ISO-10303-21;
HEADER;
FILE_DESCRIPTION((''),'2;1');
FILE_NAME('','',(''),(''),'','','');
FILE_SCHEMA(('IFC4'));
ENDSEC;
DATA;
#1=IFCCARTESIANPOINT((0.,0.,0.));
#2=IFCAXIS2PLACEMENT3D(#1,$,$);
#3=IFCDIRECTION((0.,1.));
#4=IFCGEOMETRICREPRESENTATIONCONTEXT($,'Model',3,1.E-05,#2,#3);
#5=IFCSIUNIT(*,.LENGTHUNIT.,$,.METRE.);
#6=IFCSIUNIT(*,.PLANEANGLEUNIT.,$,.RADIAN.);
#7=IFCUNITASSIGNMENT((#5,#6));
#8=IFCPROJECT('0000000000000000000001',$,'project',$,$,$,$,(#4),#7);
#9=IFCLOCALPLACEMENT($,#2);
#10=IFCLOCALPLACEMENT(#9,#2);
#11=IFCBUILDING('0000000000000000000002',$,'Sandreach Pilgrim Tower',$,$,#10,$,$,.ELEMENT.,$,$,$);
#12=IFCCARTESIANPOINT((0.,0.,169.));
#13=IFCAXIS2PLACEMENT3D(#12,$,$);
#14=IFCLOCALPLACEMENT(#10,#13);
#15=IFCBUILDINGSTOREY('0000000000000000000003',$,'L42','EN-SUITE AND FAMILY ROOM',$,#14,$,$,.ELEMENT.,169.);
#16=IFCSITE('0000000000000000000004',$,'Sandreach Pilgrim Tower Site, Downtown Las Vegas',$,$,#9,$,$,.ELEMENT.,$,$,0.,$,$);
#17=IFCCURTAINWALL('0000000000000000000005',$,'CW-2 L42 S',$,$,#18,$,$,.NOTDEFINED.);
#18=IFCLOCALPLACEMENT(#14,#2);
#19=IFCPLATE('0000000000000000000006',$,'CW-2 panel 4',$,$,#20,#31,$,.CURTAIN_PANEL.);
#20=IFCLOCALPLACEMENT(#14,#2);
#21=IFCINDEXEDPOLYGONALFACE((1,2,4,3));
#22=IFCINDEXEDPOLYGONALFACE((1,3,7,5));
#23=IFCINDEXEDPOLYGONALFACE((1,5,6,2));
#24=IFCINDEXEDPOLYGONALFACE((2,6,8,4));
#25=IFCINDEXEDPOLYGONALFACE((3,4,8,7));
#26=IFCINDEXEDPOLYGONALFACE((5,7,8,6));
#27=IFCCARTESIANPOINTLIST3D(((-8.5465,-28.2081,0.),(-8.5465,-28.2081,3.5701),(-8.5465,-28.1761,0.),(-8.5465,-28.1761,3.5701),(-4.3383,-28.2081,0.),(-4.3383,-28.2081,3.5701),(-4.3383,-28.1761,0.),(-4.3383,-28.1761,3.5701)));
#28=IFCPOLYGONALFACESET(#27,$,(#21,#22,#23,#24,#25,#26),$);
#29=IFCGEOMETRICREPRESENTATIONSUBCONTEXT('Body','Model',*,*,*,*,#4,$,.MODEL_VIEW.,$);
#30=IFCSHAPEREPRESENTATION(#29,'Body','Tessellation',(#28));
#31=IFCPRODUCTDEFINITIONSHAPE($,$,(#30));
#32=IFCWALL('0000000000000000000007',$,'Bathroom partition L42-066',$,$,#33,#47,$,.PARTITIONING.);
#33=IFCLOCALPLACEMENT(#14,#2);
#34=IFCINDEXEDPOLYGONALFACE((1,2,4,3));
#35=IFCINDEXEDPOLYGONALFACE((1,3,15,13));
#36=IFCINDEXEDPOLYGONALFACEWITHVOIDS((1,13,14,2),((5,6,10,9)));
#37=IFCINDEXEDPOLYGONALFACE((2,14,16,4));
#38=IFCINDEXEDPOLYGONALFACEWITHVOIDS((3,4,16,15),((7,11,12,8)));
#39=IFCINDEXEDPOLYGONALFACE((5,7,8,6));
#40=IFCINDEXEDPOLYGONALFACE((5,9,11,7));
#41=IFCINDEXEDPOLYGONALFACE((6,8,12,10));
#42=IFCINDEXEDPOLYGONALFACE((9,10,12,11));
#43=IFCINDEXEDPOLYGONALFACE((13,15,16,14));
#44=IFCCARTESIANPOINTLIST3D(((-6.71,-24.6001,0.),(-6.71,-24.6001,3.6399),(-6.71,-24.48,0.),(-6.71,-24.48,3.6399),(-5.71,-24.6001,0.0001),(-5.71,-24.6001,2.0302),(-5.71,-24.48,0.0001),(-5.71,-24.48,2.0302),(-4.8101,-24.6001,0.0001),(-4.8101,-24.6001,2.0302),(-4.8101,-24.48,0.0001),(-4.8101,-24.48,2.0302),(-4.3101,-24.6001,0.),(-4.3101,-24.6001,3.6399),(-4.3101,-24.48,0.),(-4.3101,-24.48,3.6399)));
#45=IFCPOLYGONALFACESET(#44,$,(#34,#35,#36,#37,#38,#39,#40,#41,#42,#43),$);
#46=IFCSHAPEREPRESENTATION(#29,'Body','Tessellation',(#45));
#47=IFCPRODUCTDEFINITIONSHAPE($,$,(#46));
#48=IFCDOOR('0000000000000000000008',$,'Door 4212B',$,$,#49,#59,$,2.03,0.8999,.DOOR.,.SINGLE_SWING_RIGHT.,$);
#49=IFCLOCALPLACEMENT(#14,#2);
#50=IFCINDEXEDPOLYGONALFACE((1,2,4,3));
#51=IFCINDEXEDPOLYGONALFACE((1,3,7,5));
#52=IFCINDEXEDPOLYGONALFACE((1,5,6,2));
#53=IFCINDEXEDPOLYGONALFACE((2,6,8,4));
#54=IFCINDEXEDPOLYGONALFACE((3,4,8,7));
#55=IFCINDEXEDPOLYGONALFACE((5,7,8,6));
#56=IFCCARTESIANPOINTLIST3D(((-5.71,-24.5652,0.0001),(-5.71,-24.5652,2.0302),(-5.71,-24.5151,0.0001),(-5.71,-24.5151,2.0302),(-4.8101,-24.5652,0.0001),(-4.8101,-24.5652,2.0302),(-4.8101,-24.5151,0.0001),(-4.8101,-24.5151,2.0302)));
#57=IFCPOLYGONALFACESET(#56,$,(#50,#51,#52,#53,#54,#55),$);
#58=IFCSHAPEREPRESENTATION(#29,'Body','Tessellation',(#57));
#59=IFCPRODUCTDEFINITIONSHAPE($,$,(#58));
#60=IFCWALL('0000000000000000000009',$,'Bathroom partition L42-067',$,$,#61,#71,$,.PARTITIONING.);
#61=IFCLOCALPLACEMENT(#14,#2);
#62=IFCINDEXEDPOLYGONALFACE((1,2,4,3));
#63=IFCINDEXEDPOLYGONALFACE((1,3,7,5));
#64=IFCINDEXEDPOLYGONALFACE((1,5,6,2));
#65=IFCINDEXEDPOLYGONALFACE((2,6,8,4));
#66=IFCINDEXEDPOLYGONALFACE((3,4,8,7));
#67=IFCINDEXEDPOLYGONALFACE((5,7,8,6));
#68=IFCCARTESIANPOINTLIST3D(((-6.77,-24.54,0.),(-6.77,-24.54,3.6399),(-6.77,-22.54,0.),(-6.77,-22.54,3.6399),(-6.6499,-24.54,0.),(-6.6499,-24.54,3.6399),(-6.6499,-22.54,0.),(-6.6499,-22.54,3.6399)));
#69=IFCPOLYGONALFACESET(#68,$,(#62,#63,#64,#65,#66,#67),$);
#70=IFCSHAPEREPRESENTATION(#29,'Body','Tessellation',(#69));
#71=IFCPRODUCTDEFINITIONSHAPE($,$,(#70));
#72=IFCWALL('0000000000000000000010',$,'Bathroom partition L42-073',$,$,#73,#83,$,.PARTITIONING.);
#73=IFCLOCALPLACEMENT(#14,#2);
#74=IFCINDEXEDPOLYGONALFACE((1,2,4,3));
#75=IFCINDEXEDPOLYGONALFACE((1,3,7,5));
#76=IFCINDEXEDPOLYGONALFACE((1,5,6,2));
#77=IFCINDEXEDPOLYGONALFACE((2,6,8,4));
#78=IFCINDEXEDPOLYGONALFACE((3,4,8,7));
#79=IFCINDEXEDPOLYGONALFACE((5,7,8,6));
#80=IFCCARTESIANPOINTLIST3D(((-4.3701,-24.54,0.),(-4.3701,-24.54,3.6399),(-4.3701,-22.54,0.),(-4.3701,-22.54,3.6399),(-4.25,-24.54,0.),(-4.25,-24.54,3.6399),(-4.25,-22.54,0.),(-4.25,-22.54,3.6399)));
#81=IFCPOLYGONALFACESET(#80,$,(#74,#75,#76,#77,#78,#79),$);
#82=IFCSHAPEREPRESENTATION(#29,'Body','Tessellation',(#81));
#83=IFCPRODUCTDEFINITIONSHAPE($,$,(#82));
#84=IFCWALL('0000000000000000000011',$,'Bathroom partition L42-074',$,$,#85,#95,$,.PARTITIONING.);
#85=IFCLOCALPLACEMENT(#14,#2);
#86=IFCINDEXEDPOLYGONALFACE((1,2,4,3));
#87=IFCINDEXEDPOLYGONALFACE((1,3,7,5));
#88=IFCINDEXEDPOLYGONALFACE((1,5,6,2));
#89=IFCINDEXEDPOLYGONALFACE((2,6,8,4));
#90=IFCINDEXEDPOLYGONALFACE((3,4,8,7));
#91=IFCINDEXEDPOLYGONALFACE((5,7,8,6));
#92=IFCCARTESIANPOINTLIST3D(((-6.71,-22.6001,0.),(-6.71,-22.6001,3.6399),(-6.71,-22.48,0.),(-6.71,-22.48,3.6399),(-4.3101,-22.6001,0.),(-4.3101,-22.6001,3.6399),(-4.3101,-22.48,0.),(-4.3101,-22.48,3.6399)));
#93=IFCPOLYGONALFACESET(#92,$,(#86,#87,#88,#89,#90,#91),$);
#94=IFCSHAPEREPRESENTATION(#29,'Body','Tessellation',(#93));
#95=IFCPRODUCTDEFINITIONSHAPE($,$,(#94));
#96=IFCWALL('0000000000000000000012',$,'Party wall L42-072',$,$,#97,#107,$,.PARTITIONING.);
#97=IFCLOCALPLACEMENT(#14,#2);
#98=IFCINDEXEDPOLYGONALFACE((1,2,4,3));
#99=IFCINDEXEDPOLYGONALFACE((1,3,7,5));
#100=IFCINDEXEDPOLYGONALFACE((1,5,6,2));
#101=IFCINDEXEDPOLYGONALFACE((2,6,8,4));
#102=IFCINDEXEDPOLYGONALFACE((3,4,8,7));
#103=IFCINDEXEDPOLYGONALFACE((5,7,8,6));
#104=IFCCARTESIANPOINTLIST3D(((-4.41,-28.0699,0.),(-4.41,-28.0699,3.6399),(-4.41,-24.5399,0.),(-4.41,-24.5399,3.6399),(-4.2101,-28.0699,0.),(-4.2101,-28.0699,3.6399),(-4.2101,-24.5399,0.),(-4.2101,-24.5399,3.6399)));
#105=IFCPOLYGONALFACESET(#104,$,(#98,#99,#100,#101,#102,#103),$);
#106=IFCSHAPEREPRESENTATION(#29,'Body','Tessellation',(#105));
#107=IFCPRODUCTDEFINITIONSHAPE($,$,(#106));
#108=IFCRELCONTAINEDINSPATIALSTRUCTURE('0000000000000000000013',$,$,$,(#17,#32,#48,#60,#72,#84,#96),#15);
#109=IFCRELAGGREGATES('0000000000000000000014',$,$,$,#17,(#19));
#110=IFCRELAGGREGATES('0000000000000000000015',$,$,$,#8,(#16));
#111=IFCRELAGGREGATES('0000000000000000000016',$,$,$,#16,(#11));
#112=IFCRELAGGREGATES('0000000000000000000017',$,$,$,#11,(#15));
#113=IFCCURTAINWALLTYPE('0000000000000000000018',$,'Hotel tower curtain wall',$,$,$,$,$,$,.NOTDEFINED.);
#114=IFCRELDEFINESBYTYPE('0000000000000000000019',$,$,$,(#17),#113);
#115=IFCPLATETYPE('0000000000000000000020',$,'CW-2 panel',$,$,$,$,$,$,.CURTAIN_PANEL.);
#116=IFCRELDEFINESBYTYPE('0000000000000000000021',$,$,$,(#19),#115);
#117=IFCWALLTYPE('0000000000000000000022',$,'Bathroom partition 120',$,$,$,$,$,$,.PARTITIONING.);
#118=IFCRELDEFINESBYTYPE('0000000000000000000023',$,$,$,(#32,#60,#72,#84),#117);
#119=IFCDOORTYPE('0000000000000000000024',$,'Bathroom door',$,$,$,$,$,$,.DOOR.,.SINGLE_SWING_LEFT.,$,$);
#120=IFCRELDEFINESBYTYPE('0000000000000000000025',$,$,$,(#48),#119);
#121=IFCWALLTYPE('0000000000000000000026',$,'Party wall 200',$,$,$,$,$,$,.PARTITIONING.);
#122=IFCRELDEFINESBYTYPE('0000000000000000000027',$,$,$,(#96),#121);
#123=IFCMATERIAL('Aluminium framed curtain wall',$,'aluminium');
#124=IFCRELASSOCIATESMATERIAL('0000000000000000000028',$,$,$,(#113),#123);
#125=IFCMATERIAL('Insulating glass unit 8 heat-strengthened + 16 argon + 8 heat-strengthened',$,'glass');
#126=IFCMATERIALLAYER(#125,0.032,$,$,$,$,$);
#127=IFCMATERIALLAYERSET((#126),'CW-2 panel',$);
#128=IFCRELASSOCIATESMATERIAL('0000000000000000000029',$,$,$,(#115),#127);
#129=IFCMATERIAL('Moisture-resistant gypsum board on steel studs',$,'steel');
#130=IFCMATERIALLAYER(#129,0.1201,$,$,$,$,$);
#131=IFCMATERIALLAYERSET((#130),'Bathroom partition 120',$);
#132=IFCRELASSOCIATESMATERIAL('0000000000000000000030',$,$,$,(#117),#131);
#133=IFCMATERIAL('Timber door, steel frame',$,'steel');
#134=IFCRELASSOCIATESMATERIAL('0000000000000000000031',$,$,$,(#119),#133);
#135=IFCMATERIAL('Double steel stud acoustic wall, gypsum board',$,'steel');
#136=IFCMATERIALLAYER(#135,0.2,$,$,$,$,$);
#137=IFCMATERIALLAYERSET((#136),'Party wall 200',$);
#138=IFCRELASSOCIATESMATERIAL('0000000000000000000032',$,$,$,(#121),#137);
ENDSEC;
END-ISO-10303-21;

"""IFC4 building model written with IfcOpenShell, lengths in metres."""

from ifc_helpers import new_model, si_unit, direction, frame, frame_2d, origin, origin_2d, place, context, subcontext, project, spatial, rectangle, extrude, material, layer, layer_set, type_object, element, fill, aggregate, save


model = new_model("IFC4")

# Units and contexts
model_context = context("Model", 3, precision=1e-05, world=origin(), true_north=direction((0.0, 1.0)))
body_context = subcontext(model_context, "Body", "Model", "MODEL_VIEW")
ifc_project = project(units=[si_unit("LENGTHUNIT", "METRE"), si_unit("PLANEANGLEUNIT", "RADIAN")], contexts=[model_context])

# Site, building, storey
site_placement = place(None, origin())
site = spatial("IfcSite", under=ifc_project, at=site_placement, Name="Sandreach Pilgrim Tower Site, Downtown Las Vegas", CompositionType="ELEMENT", RefElevation=0.0)
building_placement = place(site_placement, origin())
building = spatial("IfcBuilding", under=site, at=building_placement, Name="Sandreach Pilgrim Tower", CompositionType="ELEMENT")
storey_placement = place(building_placement, frame((0.0, 0.0, 169.0)))
storey = spatial("IfcBuildingStorey", under=building, at=storey_placement, Name="L42", Description="EN-SUITE AND FAMILY ROOM", CompositionType="ELEMENT", Elevation=169.0)

# Curtain wall
ifc_material_1 = material(Name="Aluminium framed curtain wall", Category="aluminium")
curtain_wall_type = type_object("IfcCurtainWallType", Name="Hotel tower curtain wall", PredefinedType="NOTDEFINED", material=ifc_material_1)
curtain_wall_placement = place(storey_placement, origin())
curtain_wall = element("IfcCurtainWall", 1, at=curtain_wall_placement, inside=storey, type_object=curtain_wall_type, Name="CW-2 L42 S", PredefinedType="NOTDEFINED")

# Plate
ifc_material_2 = material(Name="Insulating glass unit 8 heat-strengthened + 16 argon + 8 heat-strengthened", Category="glass")
ifc_layer_1 = layer(ifc_material_2, 0.032)
ifc_layer_set_1 = layer_set([ifc_layer_1], Name="CW-2 panel")
plate_type = type_object("IfcPlateType", Name="CW-2 panel", PredefinedType="CURTAIN_PANEL", material=ifc_layer_set_1)
plate_1_placement = place(storey_placement, frame((-6.4424, -28.1921, 0.0), z_axis=(0.0, 0.0, 1.0), x_axis=(-1.0, 0.0, 0.0)))
plate_1 = element("IfcPlate", 2, at=plate_1_placement, type_object=plate_type, Name="CW-2 panel 4", PredefinedType="CURTAIN_PANEL", context=body_context, shape_type="SweptSolid", body=[
    extrude(rectangle(XDim=4.2083, YDim=0.032, at=origin_2d()), origin(), (0.0, 0.0, 1.0), 3.5701),
])
aggregate(curtain_wall, [plate_1])

# Wall, opening, door
ifc_material_3 = material(Name="Moisture-resistant gypsum board on steel studs", Category="steel")
ifc_layer_2 = layer(ifc_material_3, 0.1201)
ifc_layer_set_2 = layer_set([ifc_layer_2], Name="Bathroom partition 120")
wall_type_1 = type_object("IfcWallType", Name="Bathroom partition 120", PredefinedType="PARTITIONING", material=ifc_layer_set_2)
wall_1_placement = place(storey_placement, frame((-6.71, -24.54, 0.0), z_axis=(0.0, 0.0, 1.0), x_axis=(1.0, 0.0, 0.0)))
wall_1 = element("IfcWall", 3, at=wall_1_placement, inside=storey, type_object=wall_type_1, Name="Bathroom partition L42-066", PredefinedType="PARTITIONING", context=body_context, shape_type="SweptSolid", body=[
    extrude(rectangle(XDim=2.3999, YDim=0.1201, at=frame_2d((1.2, 0.0))), origin(), (0.0, 0.0, 1.0), 3.6399),
])
opening_placement = place(wall_1_placement, frame((1.0, 0.0, 0.0)))
opening = element("IfcOpeningElement", 4, at=opening_placement, cuts=wall_1, PredefinedType="OPENING", context=body_context, shape_type="SweptSolid", body=[
    extrude(rectangle(XDim=0.8999, YDim=2.03, at=frame_2d((0.45, 1.0151))), frame((0.0, 0.0601, 0.0), z_axis=(0.0, -1.0, 0.0), x_axis=(1.0, 0.0, 0.0)), (0.0, 0.0, 1.0), 0.1201),
])
ifc_material_4 = material(Name="Timber door, steel frame", Category="steel")
door_type = type_object("IfcDoorType", Name="Bathroom door", OperationType="SINGLE_SWING_LEFT", PredefinedType="DOOR", material=ifc_material_4)
door_placement = place(opening_placement, origin())
door = element("IfcDoor", 5, at=door_placement, inside=storey, type_object=door_type, Name="Door 4212B", OperationType="SINGLE_SWING_RIGHT", OverallHeight=2.03, OverallWidth=0.8999, PredefinedType="DOOR", context=body_context, shape_type="SweptSolid", body=[
    extrude(rectangle(XDim=0.8999, YDim=2.03, at=frame_2d((0.45, 1.0151))), frame((0.0, 0.0249, 0.0), z_axis=(0.0, -1.0, 0.0), x_axis=(1.0, 0.0, 0.0)), (0.0, 0.0, 1.0), 0.05),
])
fill(opening, door)

# Walls
for number, where, z_axis, x_axis, name in (
    (6, (-6.71, -22.54, 0.0), (0.0, 0.0, 1.0), (0.0, -1.0, 0.0), "Bathroom partition L42-067"),
    (7, (-4.3101, -24.54, 0.0), (0.0, 0.0, 1.0), (0.0, 1.0, 0.0), "Bathroom partition L42-073"),
):
    element("IfcWall", number, at=place(storey_placement, frame(where, z_axis=z_axis, x_axis=x_axis)), inside=storey, type_object=wall_type_1, Name=name, PredefinedType="PARTITIONING", context=body_context, shape_type="SweptSolid", body=[
        extrude(rectangle(XDim=2.0, YDim=0.1201, at=frame_2d((1.0, 0.0))), origin(), (0.0, 0.0, 1.0), 3.6399),
    ])
wall_2_placement = place(storey_placement, frame((-4.3101, -22.54, 0.0), z_axis=(0.0, 0.0, 1.0), x_axis=(-1.0, 0.0, 0.0)))
element("IfcWall", 8, at=wall_2_placement, inside=storey, type_object=wall_type_1, Name="Bathroom partition L42-074", PredefinedType="PARTITIONING", context=body_context, shape_type="SweptSolid", body=[
    extrude(rectangle(XDim=2.3999, YDim=0.1201, at=frame_2d((1.2, 0.0))), origin(), (0.0, 0.0, 1.0), 3.6399),
])
ifc_material_5 = material(Name="Double steel stud acoustic wall, gypsum board", Category="steel")
ifc_layer_3 = layer(ifc_material_5, 0.2)
ifc_layer_set_3 = layer_set([ifc_layer_3], Name="Party wall 200")
wall_type_2 = type_object("IfcWallType", Name="Party wall 200", PredefinedType="PARTITIONING", material=ifc_layer_set_3)
wall_3_placement = place(storey_placement, frame((-4.3101, -28.0701, 0.0), z_axis=(0.0, 0.0, 1.0), x_axis=(0.0, 1.0, 0.0)))
element("IfcWall", 9, at=wall_3_placement, inside=storey, type_object=wall_type_2, Name="Party wall L42-072", PredefinedType="PARTITIONING", context=body_context, shape_type="SweptSolid", body=[
    extrude(rectangle(XDim=3.53, YDim=0.2, at=frame_2d((1.7651, 0.0))), origin(), (0.0, 0.0, 1.0), 3.6399),
])

save(model, "model.ifc")
